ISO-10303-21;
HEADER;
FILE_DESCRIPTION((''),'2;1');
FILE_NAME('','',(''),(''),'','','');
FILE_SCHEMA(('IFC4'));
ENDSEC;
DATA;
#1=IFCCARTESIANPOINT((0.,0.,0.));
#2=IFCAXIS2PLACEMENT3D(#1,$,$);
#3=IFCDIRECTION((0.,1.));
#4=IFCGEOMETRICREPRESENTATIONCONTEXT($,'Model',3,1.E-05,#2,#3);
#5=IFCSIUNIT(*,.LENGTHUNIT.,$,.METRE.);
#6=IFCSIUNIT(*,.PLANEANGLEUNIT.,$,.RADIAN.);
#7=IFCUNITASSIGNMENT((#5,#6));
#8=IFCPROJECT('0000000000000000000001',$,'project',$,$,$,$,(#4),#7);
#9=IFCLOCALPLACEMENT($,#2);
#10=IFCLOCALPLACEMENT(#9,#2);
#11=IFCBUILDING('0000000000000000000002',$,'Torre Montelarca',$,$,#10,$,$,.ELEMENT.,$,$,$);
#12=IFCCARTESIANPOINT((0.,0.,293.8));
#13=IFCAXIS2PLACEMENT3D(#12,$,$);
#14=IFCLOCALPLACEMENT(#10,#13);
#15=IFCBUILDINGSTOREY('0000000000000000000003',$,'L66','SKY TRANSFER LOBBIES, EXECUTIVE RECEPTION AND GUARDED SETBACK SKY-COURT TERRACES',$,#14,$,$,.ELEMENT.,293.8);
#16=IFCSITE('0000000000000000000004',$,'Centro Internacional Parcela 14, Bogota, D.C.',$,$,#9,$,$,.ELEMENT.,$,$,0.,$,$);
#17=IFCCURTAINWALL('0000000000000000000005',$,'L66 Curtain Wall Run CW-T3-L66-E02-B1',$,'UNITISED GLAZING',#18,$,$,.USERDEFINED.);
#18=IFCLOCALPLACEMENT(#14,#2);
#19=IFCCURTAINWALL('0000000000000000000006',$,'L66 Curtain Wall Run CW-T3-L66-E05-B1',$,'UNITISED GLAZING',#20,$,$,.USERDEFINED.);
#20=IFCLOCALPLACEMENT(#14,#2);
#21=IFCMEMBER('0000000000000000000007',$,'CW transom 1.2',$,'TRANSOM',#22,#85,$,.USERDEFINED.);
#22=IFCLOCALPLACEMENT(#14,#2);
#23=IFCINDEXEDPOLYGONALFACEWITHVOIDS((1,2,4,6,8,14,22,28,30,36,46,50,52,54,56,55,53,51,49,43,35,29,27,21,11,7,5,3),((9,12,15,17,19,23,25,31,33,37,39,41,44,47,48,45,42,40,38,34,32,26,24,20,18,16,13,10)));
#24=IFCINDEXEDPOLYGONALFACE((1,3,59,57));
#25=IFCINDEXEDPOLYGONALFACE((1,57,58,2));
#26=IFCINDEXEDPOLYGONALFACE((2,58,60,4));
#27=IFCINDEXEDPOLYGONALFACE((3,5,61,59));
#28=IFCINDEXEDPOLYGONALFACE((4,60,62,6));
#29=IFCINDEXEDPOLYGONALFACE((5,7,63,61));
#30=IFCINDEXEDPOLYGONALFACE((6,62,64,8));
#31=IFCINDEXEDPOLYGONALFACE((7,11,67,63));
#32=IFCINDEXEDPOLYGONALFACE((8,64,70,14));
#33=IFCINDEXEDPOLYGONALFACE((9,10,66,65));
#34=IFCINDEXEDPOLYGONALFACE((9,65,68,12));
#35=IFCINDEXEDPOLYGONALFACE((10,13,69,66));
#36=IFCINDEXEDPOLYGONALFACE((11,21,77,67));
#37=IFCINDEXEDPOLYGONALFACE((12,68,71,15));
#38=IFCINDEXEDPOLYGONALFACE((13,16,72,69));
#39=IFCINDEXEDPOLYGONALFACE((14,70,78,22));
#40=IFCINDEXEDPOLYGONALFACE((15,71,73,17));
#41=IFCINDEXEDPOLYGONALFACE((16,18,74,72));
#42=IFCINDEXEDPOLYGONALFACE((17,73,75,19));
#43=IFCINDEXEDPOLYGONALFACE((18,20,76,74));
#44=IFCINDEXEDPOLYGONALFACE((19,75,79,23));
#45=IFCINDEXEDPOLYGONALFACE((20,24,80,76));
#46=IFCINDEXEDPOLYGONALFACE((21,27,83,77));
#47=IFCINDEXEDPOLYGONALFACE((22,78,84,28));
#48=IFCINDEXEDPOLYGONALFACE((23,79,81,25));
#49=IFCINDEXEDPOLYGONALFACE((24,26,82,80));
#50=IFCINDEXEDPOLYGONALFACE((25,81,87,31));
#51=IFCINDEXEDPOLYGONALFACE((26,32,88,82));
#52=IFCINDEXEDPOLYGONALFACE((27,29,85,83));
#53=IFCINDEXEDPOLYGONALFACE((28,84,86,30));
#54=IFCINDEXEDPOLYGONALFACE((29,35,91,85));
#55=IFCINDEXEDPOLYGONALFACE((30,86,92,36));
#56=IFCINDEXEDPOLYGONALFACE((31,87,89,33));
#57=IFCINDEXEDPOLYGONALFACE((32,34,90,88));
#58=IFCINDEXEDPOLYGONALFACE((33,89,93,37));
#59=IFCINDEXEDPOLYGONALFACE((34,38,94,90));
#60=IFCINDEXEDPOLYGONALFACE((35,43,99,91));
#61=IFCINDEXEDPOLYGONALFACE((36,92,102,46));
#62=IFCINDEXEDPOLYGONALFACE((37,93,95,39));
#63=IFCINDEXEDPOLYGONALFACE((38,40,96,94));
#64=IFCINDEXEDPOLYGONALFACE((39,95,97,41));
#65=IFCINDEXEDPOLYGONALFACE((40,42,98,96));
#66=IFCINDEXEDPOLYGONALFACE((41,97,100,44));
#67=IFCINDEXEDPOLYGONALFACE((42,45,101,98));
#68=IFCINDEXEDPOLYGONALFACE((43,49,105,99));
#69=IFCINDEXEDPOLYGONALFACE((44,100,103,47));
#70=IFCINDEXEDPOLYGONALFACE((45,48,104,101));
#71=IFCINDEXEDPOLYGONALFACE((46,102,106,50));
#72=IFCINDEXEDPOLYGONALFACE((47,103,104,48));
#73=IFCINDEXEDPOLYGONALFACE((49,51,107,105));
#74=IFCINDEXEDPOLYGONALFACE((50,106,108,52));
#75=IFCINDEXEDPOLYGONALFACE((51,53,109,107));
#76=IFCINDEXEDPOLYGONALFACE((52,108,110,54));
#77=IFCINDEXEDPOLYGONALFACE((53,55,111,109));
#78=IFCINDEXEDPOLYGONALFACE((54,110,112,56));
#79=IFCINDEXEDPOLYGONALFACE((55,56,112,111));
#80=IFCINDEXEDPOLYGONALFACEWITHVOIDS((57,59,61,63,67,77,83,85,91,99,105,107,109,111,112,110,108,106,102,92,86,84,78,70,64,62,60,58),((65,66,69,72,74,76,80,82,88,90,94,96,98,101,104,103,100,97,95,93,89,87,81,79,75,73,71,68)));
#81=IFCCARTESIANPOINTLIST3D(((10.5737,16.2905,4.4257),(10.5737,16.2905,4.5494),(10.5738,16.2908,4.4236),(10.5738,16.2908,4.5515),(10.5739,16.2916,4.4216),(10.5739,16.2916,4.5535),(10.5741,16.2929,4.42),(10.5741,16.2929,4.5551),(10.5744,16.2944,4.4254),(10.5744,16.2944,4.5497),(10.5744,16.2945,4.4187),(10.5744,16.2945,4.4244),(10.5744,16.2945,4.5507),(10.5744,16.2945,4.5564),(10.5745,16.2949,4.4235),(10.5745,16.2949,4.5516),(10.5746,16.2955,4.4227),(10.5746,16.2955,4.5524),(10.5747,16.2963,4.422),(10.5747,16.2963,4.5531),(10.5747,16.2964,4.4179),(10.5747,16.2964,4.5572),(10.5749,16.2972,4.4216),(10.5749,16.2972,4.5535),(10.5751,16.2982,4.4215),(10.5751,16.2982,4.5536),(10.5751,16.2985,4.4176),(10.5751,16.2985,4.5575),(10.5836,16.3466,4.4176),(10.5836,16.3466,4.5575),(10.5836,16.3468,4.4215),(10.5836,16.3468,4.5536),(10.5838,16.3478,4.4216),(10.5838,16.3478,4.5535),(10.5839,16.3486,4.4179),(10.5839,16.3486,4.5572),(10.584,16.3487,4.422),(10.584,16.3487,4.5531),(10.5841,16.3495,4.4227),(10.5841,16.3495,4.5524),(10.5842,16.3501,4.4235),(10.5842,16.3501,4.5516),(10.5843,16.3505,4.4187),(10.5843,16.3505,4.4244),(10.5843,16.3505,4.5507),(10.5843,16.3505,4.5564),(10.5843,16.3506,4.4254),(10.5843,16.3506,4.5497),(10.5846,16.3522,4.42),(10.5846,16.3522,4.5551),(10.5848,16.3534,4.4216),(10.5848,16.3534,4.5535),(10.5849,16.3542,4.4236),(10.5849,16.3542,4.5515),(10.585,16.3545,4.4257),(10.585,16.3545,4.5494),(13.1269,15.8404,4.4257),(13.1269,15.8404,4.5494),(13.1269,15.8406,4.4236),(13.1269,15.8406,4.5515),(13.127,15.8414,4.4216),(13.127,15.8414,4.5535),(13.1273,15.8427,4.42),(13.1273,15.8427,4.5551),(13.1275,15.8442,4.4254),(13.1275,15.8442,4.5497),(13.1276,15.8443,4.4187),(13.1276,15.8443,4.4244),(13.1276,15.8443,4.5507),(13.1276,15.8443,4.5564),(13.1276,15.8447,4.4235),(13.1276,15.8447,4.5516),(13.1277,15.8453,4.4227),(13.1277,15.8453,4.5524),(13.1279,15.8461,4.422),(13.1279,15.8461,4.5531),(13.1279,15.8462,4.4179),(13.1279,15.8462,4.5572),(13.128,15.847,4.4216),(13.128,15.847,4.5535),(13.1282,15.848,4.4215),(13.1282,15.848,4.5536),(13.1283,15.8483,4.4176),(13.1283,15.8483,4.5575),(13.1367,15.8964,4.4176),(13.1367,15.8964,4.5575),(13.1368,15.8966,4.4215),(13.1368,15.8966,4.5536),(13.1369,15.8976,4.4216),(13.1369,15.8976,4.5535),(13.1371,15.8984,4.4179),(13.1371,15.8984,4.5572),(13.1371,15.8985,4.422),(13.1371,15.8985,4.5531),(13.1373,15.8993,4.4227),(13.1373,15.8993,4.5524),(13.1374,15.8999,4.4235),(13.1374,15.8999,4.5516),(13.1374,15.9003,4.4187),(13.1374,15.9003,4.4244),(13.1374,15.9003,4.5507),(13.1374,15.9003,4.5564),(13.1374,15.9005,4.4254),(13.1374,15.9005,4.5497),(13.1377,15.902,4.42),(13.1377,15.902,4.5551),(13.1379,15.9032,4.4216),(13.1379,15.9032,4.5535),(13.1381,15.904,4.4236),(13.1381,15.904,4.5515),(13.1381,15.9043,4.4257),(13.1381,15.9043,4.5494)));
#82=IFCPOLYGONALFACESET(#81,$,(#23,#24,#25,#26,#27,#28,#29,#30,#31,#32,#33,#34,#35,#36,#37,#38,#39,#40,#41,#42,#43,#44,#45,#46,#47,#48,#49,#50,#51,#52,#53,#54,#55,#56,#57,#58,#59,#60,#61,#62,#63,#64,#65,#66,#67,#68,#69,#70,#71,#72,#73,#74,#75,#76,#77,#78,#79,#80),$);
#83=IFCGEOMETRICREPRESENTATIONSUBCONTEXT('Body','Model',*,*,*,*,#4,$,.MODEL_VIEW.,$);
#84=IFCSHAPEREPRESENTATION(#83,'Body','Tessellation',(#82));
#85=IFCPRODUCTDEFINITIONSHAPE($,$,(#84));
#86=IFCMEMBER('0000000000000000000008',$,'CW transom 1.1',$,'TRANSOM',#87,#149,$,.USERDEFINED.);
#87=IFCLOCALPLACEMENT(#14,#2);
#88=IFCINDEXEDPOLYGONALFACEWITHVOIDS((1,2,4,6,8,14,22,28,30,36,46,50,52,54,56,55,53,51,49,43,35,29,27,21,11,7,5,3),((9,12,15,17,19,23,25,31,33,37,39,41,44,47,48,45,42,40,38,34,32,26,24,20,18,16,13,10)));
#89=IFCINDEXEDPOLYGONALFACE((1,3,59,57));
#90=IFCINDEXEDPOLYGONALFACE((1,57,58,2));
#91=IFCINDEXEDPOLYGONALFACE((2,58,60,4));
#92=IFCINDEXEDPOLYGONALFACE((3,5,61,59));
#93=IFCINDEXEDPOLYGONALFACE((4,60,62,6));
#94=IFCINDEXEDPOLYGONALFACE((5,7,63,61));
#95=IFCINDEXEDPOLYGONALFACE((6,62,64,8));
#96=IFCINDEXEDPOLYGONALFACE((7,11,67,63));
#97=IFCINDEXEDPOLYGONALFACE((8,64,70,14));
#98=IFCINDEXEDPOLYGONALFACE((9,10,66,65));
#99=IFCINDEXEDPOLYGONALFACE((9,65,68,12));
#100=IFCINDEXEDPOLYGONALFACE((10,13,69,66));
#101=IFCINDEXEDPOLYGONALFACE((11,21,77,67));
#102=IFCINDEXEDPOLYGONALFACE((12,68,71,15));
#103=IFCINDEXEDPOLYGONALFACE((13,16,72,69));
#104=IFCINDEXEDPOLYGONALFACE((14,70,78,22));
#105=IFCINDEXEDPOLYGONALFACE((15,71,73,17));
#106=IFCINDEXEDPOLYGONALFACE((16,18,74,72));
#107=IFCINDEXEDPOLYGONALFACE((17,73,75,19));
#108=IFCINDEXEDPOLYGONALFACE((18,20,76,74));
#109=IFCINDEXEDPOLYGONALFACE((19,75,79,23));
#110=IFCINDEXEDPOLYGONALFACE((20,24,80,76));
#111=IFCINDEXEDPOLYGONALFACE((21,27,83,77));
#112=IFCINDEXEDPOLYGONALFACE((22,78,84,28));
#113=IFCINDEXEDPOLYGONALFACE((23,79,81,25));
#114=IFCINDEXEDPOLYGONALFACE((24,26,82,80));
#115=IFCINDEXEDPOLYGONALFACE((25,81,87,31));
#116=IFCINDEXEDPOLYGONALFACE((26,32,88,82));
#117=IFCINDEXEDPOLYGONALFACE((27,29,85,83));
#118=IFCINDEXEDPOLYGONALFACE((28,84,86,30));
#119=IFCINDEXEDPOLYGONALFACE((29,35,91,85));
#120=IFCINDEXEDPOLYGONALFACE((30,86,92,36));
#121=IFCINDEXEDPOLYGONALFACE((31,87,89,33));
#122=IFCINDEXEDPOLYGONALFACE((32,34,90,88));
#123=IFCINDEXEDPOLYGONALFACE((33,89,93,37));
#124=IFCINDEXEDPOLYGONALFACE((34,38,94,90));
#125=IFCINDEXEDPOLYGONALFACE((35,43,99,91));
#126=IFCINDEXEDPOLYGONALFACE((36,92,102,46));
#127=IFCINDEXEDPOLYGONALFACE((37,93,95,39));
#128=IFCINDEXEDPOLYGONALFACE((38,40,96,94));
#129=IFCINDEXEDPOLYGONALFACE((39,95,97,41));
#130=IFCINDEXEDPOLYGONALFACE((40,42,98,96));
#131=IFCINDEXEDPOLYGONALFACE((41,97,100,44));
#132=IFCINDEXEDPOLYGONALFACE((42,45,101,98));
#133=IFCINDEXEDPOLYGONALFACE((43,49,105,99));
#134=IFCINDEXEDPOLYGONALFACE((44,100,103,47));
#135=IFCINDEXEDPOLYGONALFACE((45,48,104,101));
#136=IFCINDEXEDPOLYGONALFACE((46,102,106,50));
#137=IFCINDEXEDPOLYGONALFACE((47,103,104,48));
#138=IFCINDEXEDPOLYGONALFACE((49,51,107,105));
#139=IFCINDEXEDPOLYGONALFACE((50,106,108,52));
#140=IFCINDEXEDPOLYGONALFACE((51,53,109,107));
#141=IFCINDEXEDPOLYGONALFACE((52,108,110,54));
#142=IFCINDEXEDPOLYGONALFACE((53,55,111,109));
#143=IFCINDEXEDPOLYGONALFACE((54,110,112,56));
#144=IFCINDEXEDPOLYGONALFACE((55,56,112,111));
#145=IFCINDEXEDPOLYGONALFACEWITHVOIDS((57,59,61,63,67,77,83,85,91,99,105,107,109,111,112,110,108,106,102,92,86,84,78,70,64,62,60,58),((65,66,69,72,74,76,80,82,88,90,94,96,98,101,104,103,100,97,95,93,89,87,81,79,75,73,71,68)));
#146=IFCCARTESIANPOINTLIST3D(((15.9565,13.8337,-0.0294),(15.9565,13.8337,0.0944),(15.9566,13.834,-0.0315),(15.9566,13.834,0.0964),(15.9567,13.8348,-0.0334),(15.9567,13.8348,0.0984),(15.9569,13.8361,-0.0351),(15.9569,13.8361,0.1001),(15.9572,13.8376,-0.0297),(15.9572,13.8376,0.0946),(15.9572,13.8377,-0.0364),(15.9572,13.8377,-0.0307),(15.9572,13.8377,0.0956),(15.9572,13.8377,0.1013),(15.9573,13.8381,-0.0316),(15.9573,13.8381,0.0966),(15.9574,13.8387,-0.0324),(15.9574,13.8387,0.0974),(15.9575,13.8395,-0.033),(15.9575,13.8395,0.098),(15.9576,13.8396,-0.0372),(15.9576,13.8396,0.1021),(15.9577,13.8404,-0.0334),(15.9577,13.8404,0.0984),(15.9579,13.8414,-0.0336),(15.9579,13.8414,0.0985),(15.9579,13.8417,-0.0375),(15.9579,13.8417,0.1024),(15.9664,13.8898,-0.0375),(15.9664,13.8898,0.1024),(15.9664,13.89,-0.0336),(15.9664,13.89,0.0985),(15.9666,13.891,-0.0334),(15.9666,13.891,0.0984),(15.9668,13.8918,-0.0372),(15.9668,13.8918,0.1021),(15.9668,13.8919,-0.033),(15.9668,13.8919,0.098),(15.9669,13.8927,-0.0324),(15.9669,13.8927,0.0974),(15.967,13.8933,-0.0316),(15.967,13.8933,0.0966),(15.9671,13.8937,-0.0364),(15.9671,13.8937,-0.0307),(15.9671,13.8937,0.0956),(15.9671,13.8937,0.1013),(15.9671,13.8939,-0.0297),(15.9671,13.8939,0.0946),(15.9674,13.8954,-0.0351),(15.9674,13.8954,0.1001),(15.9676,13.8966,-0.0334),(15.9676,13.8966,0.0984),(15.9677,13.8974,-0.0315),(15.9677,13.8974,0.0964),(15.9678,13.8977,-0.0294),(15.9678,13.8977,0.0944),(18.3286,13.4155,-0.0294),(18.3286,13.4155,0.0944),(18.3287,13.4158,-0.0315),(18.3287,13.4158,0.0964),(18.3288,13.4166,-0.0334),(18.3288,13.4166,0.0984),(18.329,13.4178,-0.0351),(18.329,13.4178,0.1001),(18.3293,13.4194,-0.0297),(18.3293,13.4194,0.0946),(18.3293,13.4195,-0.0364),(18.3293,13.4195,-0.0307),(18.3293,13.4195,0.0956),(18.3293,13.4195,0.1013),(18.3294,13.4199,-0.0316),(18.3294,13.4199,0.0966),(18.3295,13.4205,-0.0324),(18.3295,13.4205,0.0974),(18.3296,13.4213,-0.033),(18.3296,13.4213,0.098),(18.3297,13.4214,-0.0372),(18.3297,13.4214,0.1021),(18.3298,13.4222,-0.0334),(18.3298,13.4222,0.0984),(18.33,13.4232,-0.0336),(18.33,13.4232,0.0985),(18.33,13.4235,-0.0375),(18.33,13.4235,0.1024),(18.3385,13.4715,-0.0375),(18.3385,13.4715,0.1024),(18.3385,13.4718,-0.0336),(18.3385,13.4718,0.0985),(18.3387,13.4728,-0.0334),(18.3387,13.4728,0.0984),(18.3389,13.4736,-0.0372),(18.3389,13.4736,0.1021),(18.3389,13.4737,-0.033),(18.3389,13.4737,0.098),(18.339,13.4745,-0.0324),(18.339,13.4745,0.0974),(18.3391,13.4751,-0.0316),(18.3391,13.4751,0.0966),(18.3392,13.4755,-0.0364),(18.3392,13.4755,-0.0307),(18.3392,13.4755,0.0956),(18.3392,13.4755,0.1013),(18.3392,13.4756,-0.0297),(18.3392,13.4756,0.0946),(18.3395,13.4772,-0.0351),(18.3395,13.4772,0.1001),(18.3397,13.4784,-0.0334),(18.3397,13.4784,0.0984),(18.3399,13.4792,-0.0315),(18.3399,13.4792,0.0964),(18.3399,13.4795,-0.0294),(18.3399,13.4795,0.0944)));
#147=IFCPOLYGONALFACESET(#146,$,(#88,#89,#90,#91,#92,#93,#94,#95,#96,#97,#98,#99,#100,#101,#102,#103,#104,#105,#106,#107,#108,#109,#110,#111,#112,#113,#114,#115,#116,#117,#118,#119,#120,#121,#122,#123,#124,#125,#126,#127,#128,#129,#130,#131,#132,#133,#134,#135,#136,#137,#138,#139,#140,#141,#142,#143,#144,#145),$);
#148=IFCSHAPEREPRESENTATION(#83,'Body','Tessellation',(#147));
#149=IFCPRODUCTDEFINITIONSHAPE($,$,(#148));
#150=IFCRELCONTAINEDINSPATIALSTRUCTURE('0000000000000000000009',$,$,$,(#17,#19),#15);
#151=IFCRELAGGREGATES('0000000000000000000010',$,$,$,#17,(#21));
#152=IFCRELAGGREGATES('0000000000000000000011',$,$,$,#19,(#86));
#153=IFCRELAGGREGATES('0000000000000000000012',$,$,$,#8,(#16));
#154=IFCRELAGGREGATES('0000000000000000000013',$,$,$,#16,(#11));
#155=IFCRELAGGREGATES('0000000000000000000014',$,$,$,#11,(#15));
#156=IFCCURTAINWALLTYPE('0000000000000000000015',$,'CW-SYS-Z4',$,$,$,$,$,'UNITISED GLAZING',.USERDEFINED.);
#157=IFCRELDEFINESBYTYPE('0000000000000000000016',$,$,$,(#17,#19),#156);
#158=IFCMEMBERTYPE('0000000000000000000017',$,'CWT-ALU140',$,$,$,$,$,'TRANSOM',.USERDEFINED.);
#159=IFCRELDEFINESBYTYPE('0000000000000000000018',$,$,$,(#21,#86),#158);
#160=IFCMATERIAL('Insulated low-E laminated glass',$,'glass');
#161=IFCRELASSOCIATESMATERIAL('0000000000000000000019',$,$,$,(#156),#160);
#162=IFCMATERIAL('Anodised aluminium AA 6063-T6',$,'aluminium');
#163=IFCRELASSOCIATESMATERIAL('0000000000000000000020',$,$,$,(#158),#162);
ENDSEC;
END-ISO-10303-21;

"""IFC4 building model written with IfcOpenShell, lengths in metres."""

from ifc_helpers import new_model, si_unit, direction, frame, origin, origin_2d, place, context, subcontext, project, spatial, hollow_rectangle, extrude, source, transform, mapped, material, material_profile, profile_set, type_object, element, aggregate, save


model = new_model("IFC4")

# Units and contexts
model_context = context("Model", 3, precision=1e-05, world=origin(), true_north=direction((0.0, 1.0)))
body_context = subcontext(model_context, "Body", "Model", "MODEL_VIEW")
ifc_project = project(units=[si_unit("LENGTHUNIT", "METRE"), si_unit("PLANEANGLEUNIT", "RADIAN")], contexts=[model_context])

# Site, building, storey
site_placement = place(None, origin())
site = spatial("IfcSite", under=ifc_project, at=site_placement, Name="Centro Internacional Parcela 14, Bogota, D.C.", CompositionType="ELEMENT", RefElevation=0.0)
building_placement = place(site_placement, origin())
building = spatial("IfcBuilding", under=site, at=building_placement, Name="Torre Montelarca", CompositionType="ELEMENT")
storey_placement = place(building_placement, frame((0.0, 0.0, 293.8)))
storey = spatial("IfcBuildingStorey", under=building, at=storey_placement, Name="L66", Description="SKY TRANSFER LOBBIES, EXECUTIVE RECEPTION AND GUARDED SETBACK SKY-COURT TERRACES", CompositionType="ELEMENT", Elevation=293.8)

# Curtain walls
ifc_material_1 = material(Name="Insulated low-E laminated glass", Category="glass")
curtain_wall_type = type_object("IfcCurtainWallType", Name="CW-SYS-Z4", ElementType="UNITISED GLAZING", PredefinedType="USERDEFINED", material=ifc_material_1)
curtain_wall_1_placement = place(storey_placement, origin())
curtain_wall_1 = element("IfcCurtainWall", 1, at=curtain_wall_1_placement, inside=storey, type_object=curtain_wall_type, Name="L66 Curtain Wall Run CW-T3-L66-E02-B1", ObjectType="UNITISED GLAZING", PredefinedType="USERDEFINED")
ifc_material_2 = material(Name="Anodised aluminium AA 6063-T6", Category="aluminium")
ifc_material_profile_1 = material_profile(ifc_material_2, hollow_rectangle(XDim=0.0649, YDim=0.1399, WallThickness=0.0039, InnerFilletRadius=0.0039, OuterFilletRadius=0.0081, at=origin_2d()), Name="ALU65X140X4", Category="aluminium")
ifc_profile_set_1 = profile_set([ifc_material_profile_1], Name="Anodised aluminium AA 6063-T6")
member_type_1 = type_object("IfcMemberType", Name="CWT-ALU140", ElementType="TRANSOM", PredefinedType="USERDEFINED", material=ifc_profile_set_1)
curtain_wall_2_placement = place(storey_placement, origin())
curtain_wall_2 = element("IfcCurtainWall", 2, at=curtain_wall_2_placement, inside=storey, type_object=curtain_wall_type, Name="L66 Curtain Wall Run CW-T3-L66-E05-B1", ObjectType="UNITISED GLAZING", PredefinedType="USERDEFINED")

# Members
shared_shape_1 = source(origin(), body_context, "Body", "SweptSolid", [
    extrude(hollow_rectangle(XDim=0.0649, YDim=0.1399, WallThickness=0.0039, InnerFilletRadius=0.0039, OuterFilletRadius=0.0081, at=origin_2d()), origin(), (0.0, 0.0, 1.0), 2.5925),
])
member_1_placement = place(storey_placement, frame((10.5793, 16.3225, 4.4875), z_axis=(0.984808, -0.173646, 0.0), x_axis=(0.173646, 0.984808, 0.0)))
member_1 = element("IfcMember", 3, at=member_1_placement, type_object=member_type_1, Name="CW transom 1.2", ObjectType="TRANSOM", PredefinedType="USERDEFINED", context=body_context, shape_type="MappedRepresentation", body=[
    mapped(shared_shape_1, transform((0.0, 0.0, 0.0), scale=1.0)),
])
shared_shape_2 = source(origin(), body_context, "Body", "SweptSolid", [
    extrude(hollow_rectangle(XDim=0.0649, YDim=0.1399, WallThickness=0.0039, InnerFilletRadius=0.0039, OuterFilletRadius=0.0081, at=origin_2d()), origin(), (0.0, 0.0, 1.0), 2.4087),
])
member_2_placement = place(storey_placement, frame((15.9622, 13.8657, 0.0325), z_axis=(0.984811, -0.173629, 0.0), x_axis=(0.173629, 0.984811, 0.0)))
member_2 = element("IfcMember", 4, at=member_2_placement, type_object=member_type_1, Name="CW transom 1.1", ObjectType="TRANSOM", PredefinedType="USERDEFINED", context=body_context, shape_type="MappedRepresentation", body=[
    mapped(shared_shape_2, transform((0.0, 0.0, 0.0), scale=1.0)),
])

aggregate(curtain_wall_1, [member_1])
aggregate(curtain_wall_2, [member_2])

save(model, "model.ifc")
